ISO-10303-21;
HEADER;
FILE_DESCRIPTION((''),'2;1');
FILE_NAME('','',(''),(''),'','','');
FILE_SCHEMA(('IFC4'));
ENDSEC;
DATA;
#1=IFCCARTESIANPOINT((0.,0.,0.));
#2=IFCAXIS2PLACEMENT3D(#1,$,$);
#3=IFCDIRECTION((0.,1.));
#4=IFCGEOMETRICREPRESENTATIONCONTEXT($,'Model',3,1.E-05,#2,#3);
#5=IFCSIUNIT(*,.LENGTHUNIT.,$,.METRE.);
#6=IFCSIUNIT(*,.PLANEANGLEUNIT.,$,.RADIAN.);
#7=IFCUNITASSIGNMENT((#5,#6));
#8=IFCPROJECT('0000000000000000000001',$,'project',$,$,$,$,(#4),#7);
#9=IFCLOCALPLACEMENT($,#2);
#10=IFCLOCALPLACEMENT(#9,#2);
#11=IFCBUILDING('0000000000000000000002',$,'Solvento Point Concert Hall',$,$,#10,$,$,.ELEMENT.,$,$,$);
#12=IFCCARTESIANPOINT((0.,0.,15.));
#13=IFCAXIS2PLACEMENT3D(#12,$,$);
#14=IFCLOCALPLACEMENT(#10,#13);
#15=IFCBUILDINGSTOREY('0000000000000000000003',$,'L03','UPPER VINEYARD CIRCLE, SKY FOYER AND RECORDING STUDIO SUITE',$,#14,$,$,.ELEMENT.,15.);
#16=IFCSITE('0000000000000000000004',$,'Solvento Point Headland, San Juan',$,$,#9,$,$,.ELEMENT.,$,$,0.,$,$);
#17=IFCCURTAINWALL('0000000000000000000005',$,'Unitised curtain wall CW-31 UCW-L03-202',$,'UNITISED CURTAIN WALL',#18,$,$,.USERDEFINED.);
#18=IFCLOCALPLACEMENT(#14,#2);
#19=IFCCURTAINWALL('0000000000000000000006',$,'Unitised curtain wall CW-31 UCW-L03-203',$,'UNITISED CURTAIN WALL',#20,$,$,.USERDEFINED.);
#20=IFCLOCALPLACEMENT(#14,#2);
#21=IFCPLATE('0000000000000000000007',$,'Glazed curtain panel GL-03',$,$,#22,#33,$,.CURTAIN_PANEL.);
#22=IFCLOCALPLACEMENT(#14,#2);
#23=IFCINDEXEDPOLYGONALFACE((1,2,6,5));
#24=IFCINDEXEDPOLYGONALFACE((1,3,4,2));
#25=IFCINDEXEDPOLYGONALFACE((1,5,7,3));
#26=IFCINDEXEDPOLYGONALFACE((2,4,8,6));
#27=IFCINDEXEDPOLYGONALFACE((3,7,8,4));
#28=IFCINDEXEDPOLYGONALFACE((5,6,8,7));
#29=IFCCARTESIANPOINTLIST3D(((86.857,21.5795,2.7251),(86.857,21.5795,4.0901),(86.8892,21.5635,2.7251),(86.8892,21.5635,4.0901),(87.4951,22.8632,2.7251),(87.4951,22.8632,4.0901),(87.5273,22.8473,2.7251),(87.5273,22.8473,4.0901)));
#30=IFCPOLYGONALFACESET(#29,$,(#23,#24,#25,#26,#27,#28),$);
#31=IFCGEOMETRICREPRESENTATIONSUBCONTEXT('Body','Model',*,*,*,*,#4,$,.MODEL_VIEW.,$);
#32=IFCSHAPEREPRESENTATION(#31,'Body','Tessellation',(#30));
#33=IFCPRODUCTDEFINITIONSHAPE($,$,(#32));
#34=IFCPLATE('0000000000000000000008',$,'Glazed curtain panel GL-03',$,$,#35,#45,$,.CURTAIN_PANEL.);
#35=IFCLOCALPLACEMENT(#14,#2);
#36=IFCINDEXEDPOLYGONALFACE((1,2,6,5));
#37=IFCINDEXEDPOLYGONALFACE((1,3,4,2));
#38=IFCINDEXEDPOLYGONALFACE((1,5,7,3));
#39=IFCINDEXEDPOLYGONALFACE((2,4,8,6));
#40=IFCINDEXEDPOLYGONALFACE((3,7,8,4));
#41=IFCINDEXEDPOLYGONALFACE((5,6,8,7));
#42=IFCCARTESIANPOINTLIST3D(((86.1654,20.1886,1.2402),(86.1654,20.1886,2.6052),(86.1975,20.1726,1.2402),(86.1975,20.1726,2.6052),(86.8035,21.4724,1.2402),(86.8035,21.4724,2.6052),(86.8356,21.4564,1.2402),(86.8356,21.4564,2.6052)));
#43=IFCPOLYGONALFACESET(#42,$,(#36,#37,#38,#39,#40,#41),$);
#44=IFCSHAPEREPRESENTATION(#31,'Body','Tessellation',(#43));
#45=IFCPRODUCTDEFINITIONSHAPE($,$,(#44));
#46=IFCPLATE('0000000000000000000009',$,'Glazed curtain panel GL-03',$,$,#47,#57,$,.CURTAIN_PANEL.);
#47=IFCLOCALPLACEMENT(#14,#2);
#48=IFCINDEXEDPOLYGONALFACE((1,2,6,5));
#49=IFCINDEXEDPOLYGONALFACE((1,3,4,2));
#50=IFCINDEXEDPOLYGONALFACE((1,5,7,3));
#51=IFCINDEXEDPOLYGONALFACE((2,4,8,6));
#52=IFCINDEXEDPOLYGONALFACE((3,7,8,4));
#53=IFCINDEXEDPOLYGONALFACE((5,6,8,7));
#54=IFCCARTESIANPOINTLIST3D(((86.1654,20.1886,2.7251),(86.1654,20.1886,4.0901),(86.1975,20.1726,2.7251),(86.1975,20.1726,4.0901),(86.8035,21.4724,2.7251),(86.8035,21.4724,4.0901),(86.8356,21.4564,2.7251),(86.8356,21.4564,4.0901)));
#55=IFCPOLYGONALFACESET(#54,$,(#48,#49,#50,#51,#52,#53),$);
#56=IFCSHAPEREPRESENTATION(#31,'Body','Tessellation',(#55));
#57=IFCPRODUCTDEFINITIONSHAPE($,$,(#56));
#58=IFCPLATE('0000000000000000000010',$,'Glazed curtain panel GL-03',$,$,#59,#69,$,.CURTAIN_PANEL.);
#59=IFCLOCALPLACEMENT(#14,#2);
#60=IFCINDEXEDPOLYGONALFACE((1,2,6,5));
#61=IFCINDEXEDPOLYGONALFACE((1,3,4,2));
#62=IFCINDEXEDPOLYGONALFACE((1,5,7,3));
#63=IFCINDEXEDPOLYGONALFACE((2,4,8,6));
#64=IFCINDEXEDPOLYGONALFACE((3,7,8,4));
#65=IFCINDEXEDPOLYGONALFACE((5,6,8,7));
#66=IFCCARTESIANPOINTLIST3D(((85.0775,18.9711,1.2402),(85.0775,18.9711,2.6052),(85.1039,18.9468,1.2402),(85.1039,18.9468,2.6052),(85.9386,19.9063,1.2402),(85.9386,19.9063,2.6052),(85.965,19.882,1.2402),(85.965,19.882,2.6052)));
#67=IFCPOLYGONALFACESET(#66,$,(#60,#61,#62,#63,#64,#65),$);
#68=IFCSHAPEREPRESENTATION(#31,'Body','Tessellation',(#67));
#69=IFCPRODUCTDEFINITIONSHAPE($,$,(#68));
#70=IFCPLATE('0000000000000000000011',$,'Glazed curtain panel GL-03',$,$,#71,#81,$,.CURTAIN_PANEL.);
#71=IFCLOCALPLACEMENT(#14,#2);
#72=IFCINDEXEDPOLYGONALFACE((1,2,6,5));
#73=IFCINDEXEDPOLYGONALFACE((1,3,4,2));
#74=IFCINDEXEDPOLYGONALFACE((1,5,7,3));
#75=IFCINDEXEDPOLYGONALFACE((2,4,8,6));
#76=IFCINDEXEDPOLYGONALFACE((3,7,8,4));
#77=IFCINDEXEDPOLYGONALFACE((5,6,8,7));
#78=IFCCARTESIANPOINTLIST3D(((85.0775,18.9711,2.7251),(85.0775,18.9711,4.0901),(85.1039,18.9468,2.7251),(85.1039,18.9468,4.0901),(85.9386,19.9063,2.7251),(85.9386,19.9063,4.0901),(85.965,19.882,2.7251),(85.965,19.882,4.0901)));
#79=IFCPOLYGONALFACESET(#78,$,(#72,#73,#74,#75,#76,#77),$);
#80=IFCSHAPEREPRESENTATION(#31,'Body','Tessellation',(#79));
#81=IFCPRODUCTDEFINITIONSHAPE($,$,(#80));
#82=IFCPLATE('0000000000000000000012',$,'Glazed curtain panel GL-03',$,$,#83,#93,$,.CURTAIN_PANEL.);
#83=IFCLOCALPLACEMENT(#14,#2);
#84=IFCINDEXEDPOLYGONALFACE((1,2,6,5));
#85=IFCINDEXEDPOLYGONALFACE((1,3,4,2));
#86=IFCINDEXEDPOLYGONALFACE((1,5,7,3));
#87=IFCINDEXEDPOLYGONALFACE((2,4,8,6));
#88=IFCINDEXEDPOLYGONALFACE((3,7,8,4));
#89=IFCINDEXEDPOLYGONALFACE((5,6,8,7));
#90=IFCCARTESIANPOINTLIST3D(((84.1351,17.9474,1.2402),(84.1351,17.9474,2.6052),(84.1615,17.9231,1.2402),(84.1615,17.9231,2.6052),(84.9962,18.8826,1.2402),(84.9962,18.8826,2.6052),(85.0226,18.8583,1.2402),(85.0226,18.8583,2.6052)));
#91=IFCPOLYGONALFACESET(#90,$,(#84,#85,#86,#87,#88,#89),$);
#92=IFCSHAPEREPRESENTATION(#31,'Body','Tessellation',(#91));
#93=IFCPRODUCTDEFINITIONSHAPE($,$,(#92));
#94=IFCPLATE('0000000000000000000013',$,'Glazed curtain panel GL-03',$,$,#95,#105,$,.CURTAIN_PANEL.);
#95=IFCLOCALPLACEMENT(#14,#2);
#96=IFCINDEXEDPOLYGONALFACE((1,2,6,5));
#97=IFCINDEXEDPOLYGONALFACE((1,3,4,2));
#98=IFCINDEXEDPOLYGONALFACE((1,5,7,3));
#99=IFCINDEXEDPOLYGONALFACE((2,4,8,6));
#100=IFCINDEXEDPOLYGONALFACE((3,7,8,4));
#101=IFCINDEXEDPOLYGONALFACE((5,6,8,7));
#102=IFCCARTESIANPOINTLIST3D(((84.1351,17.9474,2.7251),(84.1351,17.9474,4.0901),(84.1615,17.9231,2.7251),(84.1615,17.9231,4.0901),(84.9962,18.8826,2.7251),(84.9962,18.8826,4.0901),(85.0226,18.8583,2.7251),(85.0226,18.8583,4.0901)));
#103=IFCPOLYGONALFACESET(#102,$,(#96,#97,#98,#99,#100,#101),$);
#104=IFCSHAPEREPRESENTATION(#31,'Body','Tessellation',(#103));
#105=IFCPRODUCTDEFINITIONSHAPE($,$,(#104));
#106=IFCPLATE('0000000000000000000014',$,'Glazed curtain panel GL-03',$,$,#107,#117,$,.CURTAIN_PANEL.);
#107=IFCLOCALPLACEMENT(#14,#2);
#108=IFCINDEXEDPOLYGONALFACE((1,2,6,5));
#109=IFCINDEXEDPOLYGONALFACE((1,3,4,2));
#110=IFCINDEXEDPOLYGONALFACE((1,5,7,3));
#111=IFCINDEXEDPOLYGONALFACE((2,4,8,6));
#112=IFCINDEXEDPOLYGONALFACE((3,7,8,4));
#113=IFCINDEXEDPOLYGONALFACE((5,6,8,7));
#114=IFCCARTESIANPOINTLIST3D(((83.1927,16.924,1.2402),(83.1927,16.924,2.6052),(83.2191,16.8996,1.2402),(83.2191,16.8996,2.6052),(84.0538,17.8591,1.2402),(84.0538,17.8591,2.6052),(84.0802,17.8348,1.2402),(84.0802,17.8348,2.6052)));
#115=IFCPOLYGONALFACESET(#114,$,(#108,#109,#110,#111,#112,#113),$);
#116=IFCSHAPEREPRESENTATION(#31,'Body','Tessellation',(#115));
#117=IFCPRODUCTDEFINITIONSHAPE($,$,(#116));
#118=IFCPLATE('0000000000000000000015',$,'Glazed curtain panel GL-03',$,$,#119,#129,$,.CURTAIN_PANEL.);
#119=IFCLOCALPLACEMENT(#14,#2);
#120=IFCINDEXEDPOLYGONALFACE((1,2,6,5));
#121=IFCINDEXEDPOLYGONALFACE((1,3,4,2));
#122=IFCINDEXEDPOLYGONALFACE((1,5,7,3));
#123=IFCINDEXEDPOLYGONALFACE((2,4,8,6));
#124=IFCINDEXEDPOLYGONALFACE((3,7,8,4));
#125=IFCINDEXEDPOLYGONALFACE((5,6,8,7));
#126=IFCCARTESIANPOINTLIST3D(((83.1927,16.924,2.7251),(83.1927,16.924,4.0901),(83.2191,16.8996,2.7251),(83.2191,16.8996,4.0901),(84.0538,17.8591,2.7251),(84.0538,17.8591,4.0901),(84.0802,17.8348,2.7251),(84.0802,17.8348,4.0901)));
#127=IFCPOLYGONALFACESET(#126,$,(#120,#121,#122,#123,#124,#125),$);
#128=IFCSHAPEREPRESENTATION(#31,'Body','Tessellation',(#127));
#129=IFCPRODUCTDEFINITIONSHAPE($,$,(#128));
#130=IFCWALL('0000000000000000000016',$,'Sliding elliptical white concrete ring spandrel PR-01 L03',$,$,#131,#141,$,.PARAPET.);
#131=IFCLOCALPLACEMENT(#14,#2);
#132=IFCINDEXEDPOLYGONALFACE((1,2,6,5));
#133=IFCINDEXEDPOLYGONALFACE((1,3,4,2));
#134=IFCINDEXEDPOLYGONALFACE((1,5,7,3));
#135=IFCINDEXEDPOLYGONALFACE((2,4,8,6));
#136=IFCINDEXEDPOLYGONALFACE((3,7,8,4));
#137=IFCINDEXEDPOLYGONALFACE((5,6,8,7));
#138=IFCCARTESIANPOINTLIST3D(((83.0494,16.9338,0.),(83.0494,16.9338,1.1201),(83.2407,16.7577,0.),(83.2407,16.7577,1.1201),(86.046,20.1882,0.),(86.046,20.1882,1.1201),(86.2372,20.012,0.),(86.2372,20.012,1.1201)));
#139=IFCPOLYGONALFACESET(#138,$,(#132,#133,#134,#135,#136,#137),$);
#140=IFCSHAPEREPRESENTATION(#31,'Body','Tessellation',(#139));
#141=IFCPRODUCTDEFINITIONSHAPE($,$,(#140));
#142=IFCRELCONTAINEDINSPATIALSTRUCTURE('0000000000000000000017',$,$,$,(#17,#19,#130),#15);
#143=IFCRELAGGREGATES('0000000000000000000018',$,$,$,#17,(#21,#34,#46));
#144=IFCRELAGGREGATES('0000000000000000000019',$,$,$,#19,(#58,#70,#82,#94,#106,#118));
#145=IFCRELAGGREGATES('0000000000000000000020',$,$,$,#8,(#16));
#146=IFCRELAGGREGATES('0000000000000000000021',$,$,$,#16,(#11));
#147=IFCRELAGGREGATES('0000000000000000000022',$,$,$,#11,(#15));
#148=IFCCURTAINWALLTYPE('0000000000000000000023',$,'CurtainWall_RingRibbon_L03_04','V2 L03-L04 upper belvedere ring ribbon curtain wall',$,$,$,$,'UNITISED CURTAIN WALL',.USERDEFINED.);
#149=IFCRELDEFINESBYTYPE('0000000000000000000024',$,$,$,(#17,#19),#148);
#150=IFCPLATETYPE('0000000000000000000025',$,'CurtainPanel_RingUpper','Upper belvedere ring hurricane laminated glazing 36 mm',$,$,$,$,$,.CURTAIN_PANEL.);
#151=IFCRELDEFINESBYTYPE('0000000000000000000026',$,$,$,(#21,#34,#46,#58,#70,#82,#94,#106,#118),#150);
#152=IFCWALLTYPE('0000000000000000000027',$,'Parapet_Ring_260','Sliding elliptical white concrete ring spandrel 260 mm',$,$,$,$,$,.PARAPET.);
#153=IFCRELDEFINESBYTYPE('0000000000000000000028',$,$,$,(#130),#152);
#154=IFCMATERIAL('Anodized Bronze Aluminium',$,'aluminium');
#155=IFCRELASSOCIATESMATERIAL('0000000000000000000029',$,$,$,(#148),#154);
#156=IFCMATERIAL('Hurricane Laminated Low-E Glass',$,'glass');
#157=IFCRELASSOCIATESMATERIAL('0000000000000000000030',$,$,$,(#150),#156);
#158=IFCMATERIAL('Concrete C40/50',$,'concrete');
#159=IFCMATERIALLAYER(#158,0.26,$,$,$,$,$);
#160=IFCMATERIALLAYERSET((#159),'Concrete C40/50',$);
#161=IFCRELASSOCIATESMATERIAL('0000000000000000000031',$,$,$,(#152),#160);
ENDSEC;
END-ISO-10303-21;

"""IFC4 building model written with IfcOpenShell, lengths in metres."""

from ifc_helpers import new_model, si_unit, direction, frame, frame_2d, origin, origin_2d, place, context, subcontext, project, spatial, rectangle, extrude, material, layer, layer_set, type_object, element, aggregate, save


model = new_model("IFC4")

# Units and contexts
model_context = context("Model", 3, precision=1e-05, world=origin(), true_north=direction((0.0, 1.0)))
body_context = subcontext(model_context, "Body", "Model", "MODEL_VIEW")
ifc_project = project(units=[si_unit("LENGTHUNIT", "METRE"), si_unit("PLANEANGLEUNIT", "RADIAN")], contexts=[model_context])

# Site, building, storey
site_placement = place(None, origin())
site = spatial("IfcSite", under=ifc_project, at=site_placement, Name="Solvento Point Headland, San Juan", CompositionType="ELEMENT", RefElevation=0.0)
building_placement = place(site_placement, origin())
building = spatial("IfcBuilding", under=site, at=building_placement, Name="Solvento Point Concert Hall", CompositionType="ELEMENT")
storey_placement = place(building_placement, frame((0.0, 0.0, 15.0)))
storey = spatial("IfcBuildingStorey", under=building, at=storey_placement, Name="L03", Description="UPPER VINEYARD CIRCLE, SKY FOYER AND RECORDING STUDIO SUITE", CompositionType="ELEMENT", Elevation=15.0)

# Curtain walls
ifc_material_1 = material(Name="Anodized Bronze Aluminium", Category="aluminium")
curtain_wall_type = type_object("IfcCurtainWallType", Name="CurtainWall_RingRibbon_L03_04", Description="V2 L03-L04 upper belvedere ring ribbon curtain wall", ElementType="UNITISED CURTAIN WALL", PredefinedType="USERDEFINED", material=ifc_material_1)
curtain_wall_1_placement = place(storey_placement, origin())
curtain_wall_1 = element("IfcCurtainWall", 1, at=curtain_wall_1_placement, inside=storey, type_object=curtain_wall_type, Name="Unitised curtain wall CW-31 UCW-L03-202", ObjectType="UNITISED CURTAIN WALL", PredefinedType="USERDEFINED")
curtain_wall_2_placement = place(storey_placement, origin())
curtain_wall_2 = element("IfcCurtainWall", 2, at=curtain_wall_2_placement, inside=storey, type_object=curtain_wall_type, Name="Unitised curtain wall CW-31 UCW-L03-203", ObjectType="UNITISED CURTAIN WALL", PredefinedType="USERDEFINED")

# Plates
ifc_material_2 = material(Name="Hurricane Laminated Low-E Glass", Category="glass")
plate_type = type_object("IfcPlateType", Name="CurtainPanel_RingUpper", Description="Upper belvedere ring hurricane laminated glazing 36 mm", PredefinedType="CURTAIN_PANEL", material=ifc_material_2)
plate_1_placement = place(storey_placement, frame((87.1921, 22.2134, 2.7251), z_axis=(0.0, 0.0, 1.0), x_axis=(-0.445115, -0.895473, 0.0)))
plate_1 = element("IfcPlate", 3, at=plate_1_placement, type_object=plate_type, Name="Glazed curtain panel GL-03", PredefinedType="CURTAIN_PANEL", context=body_context, shape_type="SweptSolid", body=[
    extrude(rectangle(XDim=1.4336, YDim=0.0359, at=origin_2d()), origin(), (0.0, 0.0, 1.0), 1.365),
])
plate_2_placement = place(storey_placement, frame((86.5005, 20.8225, 1.2402), z_axis=(0.0, 0.0, 1.0), x_axis=(-0.445115, -0.895473, 0.0)))
plate_2 = element("IfcPlate", 4, at=plate_2_placement, type_object=plate_type, Name="Glazed curtain panel GL-03", PredefinedType="CURTAIN_PANEL", context=body_context, shape_type="SweptSolid", body=[
    extrude(rectangle(XDim=1.4336, YDim=0.0359, at=origin_2d()), origin(), (0.0, 0.0, 1.0), 1.365),
])
plate_3_placement = place(storey_placement, frame((86.5005, 20.8225, 2.7251), z_axis=(0.0, 0.0, 1.0), x_axis=(-0.445115, -0.895473, 0.0)))
plate_3 = element("IfcPlate", 5, at=plate_3_placement, type_object=plate_type, Name="Glazed curtain panel GL-03", PredefinedType="CURTAIN_PANEL", context=body_context, shape_type="SweptSolid", body=[
    extrude(rectangle(XDim=1.4336, YDim=0.0359, at=origin_2d()), origin(), (0.0, 0.0, 1.0), 1.365),
])
aggregate(curtain_wall_1, [plate_1, plate_2, plate_3])
plate_4_placement = place(storey_placement, frame((85.5212, 19.4265, 1.2402), z_axis=(0.0, 0.0, 1.0), x_axis=(-0.677356, -0.735655, 0.0)))
plate_4 = element("IfcPlate", 6, at=plate_4_placement, type_object=plate_type, Name="Glazed curtain panel GL-03", PredefinedType="CURTAIN_PANEL", context=body_context, shape_type="SweptSolid", body=[
    extrude(rectangle(XDim=1.2712, YDim=0.0359, at=origin_2d()), origin(), (0.0, 0.0, 1.0), 1.365),
])
plate_5_placement = place(storey_placement, frame((85.5212, 19.4265, 2.7251), z_axis=(0.0, 0.0, 1.0), x_axis=(-0.677356, -0.735655, 0.0)))
plate_5 = element("IfcPlate", 7, at=plate_5_placement, type_object=plate_type, Name="Glazed curtain panel GL-03", PredefinedType="CURTAIN_PANEL", context=body_context, shape_type="SweptSolid", body=[
    extrude(rectangle(XDim=1.2712, YDim=0.0359, at=origin_2d()), origin(), (0.0, 0.0, 1.0), 1.365),
])
plate_6_placement = place(storey_placement, frame((84.5789, 18.4028, 1.2402), z_axis=(0.0, 0.0, 1.0), x_axis=(-0.677356, -0.735655, 0.0)))
plate_6 = element("IfcPlate", 8, at=plate_6_placement, type_object=plate_type, Name="Glazed curtain panel GL-03", PredefinedType="CURTAIN_PANEL", context=body_context, shape_type="SweptSolid", body=[
    extrude(rectangle(XDim=1.2712, YDim=0.0359, at=origin_2d()), origin(), (0.0, 0.0, 1.0), 1.365),
])
plate_7_placement = place(storey_placement, frame((84.5789, 18.4028, 2.7251), z_axis=(0.0, 0.0, 1.0), x_axis=(-0.677356, -0.735655, 0.0)))
plate_7 = element("IfcPlate", 9, at=plate_7_placement, type_object=plate_type, Name="Glazed curtain panel GL-03", PredefinedType="CURTAIN_PANEL", context=body_context, shape_type="SweptSolid", body=[
    extrude(rectangle(XDim=1.2712, YDim=0.0359, at=origin_2d()), origin(), (0.0, 0.0, 1.0), 1.365),
])
plate_8_placement = place(storey_placement, frame((83.6365, 17.3794, 1.2402), z_axis=(0.0, 0.0, 1.0), x_axis=(-0.677356, -0.735655, 0.0)))
plate_8 = element("IfcPlate", 10, at=plate_8_placement, type_object=plate_type, Name="Glazed curtain panel GL-03", PredefinedType="CURTAIN_PANEL", context=body_context, shape_type="SweptSolid", body=[
    extrude(rectangle(XDim=1.2712, YDim=0.0359, at=origin_2d()), origin(), (0.0, 0.0, 1.0), 1.365),
])
plate_9_placement = place(storey_placement, frame((83.6365, 17.3794, 2.7251), z_axis=(0.0, 0.0, 1.0), x_axis=(-0.677356, -0.735655, 0.0)))
plate_9 = element("IfcPlate", 11, at=plate_9_placement, type_object=plate_type, Name="Glazed curtain panel GL-03", PredefinedType="CURTAIN_PANEL", context=body_context, shape_type="SweptSolid", body=[
    extrude(rectangle(XDim=1.2712, YDim=0.0359, at=origin_2d()), origin(), (0.0, 0.0, 1.0), 1.365),
])
aggregate(curtain_wall_2, [plate_4, plate_5, plate_6, plate_7, plate_8, plate_9])

# Wall
ifc_material_3 = material(Name="Concrete C40/50", Category="concrete")
ifc_layer = layer(ifc_material_3, 0.26)
ifc_layer_set = layer_set([ifc_layer], Name="Concrete C40/50")
wall_type = type_object("IfcWallType", Name="Parapet_Ring_260", Description="Sliding elliptical white concrete ring spandrel 260 mm", PredefinedType="PARAPET", material=ifc_layer_set)
wall_placement = place(storey_placement, frame((86.1416, 20.1001, 0.0), z_axis=(0.0, 0.0, 1.0), x_axis=(-0.677367, -0.735645, 0.0)))
element("IfcWall", 12, at=wall_placement, inside=storey, type_object=wall_type, Name="Sliding elliptical white concrete ring spandrel PR-01 L03", PredefinedType="PARAPET", context=body_context, shape_type="SweptSolid", body=[
    extrude(rectangle(XDim=4.4238, YDim=0.26, at=frame_2d((2.2119, 0.0))), origin(), (0.0, 0.0, 1.0), 1.1201),
])

save(model, "model.ifc")
